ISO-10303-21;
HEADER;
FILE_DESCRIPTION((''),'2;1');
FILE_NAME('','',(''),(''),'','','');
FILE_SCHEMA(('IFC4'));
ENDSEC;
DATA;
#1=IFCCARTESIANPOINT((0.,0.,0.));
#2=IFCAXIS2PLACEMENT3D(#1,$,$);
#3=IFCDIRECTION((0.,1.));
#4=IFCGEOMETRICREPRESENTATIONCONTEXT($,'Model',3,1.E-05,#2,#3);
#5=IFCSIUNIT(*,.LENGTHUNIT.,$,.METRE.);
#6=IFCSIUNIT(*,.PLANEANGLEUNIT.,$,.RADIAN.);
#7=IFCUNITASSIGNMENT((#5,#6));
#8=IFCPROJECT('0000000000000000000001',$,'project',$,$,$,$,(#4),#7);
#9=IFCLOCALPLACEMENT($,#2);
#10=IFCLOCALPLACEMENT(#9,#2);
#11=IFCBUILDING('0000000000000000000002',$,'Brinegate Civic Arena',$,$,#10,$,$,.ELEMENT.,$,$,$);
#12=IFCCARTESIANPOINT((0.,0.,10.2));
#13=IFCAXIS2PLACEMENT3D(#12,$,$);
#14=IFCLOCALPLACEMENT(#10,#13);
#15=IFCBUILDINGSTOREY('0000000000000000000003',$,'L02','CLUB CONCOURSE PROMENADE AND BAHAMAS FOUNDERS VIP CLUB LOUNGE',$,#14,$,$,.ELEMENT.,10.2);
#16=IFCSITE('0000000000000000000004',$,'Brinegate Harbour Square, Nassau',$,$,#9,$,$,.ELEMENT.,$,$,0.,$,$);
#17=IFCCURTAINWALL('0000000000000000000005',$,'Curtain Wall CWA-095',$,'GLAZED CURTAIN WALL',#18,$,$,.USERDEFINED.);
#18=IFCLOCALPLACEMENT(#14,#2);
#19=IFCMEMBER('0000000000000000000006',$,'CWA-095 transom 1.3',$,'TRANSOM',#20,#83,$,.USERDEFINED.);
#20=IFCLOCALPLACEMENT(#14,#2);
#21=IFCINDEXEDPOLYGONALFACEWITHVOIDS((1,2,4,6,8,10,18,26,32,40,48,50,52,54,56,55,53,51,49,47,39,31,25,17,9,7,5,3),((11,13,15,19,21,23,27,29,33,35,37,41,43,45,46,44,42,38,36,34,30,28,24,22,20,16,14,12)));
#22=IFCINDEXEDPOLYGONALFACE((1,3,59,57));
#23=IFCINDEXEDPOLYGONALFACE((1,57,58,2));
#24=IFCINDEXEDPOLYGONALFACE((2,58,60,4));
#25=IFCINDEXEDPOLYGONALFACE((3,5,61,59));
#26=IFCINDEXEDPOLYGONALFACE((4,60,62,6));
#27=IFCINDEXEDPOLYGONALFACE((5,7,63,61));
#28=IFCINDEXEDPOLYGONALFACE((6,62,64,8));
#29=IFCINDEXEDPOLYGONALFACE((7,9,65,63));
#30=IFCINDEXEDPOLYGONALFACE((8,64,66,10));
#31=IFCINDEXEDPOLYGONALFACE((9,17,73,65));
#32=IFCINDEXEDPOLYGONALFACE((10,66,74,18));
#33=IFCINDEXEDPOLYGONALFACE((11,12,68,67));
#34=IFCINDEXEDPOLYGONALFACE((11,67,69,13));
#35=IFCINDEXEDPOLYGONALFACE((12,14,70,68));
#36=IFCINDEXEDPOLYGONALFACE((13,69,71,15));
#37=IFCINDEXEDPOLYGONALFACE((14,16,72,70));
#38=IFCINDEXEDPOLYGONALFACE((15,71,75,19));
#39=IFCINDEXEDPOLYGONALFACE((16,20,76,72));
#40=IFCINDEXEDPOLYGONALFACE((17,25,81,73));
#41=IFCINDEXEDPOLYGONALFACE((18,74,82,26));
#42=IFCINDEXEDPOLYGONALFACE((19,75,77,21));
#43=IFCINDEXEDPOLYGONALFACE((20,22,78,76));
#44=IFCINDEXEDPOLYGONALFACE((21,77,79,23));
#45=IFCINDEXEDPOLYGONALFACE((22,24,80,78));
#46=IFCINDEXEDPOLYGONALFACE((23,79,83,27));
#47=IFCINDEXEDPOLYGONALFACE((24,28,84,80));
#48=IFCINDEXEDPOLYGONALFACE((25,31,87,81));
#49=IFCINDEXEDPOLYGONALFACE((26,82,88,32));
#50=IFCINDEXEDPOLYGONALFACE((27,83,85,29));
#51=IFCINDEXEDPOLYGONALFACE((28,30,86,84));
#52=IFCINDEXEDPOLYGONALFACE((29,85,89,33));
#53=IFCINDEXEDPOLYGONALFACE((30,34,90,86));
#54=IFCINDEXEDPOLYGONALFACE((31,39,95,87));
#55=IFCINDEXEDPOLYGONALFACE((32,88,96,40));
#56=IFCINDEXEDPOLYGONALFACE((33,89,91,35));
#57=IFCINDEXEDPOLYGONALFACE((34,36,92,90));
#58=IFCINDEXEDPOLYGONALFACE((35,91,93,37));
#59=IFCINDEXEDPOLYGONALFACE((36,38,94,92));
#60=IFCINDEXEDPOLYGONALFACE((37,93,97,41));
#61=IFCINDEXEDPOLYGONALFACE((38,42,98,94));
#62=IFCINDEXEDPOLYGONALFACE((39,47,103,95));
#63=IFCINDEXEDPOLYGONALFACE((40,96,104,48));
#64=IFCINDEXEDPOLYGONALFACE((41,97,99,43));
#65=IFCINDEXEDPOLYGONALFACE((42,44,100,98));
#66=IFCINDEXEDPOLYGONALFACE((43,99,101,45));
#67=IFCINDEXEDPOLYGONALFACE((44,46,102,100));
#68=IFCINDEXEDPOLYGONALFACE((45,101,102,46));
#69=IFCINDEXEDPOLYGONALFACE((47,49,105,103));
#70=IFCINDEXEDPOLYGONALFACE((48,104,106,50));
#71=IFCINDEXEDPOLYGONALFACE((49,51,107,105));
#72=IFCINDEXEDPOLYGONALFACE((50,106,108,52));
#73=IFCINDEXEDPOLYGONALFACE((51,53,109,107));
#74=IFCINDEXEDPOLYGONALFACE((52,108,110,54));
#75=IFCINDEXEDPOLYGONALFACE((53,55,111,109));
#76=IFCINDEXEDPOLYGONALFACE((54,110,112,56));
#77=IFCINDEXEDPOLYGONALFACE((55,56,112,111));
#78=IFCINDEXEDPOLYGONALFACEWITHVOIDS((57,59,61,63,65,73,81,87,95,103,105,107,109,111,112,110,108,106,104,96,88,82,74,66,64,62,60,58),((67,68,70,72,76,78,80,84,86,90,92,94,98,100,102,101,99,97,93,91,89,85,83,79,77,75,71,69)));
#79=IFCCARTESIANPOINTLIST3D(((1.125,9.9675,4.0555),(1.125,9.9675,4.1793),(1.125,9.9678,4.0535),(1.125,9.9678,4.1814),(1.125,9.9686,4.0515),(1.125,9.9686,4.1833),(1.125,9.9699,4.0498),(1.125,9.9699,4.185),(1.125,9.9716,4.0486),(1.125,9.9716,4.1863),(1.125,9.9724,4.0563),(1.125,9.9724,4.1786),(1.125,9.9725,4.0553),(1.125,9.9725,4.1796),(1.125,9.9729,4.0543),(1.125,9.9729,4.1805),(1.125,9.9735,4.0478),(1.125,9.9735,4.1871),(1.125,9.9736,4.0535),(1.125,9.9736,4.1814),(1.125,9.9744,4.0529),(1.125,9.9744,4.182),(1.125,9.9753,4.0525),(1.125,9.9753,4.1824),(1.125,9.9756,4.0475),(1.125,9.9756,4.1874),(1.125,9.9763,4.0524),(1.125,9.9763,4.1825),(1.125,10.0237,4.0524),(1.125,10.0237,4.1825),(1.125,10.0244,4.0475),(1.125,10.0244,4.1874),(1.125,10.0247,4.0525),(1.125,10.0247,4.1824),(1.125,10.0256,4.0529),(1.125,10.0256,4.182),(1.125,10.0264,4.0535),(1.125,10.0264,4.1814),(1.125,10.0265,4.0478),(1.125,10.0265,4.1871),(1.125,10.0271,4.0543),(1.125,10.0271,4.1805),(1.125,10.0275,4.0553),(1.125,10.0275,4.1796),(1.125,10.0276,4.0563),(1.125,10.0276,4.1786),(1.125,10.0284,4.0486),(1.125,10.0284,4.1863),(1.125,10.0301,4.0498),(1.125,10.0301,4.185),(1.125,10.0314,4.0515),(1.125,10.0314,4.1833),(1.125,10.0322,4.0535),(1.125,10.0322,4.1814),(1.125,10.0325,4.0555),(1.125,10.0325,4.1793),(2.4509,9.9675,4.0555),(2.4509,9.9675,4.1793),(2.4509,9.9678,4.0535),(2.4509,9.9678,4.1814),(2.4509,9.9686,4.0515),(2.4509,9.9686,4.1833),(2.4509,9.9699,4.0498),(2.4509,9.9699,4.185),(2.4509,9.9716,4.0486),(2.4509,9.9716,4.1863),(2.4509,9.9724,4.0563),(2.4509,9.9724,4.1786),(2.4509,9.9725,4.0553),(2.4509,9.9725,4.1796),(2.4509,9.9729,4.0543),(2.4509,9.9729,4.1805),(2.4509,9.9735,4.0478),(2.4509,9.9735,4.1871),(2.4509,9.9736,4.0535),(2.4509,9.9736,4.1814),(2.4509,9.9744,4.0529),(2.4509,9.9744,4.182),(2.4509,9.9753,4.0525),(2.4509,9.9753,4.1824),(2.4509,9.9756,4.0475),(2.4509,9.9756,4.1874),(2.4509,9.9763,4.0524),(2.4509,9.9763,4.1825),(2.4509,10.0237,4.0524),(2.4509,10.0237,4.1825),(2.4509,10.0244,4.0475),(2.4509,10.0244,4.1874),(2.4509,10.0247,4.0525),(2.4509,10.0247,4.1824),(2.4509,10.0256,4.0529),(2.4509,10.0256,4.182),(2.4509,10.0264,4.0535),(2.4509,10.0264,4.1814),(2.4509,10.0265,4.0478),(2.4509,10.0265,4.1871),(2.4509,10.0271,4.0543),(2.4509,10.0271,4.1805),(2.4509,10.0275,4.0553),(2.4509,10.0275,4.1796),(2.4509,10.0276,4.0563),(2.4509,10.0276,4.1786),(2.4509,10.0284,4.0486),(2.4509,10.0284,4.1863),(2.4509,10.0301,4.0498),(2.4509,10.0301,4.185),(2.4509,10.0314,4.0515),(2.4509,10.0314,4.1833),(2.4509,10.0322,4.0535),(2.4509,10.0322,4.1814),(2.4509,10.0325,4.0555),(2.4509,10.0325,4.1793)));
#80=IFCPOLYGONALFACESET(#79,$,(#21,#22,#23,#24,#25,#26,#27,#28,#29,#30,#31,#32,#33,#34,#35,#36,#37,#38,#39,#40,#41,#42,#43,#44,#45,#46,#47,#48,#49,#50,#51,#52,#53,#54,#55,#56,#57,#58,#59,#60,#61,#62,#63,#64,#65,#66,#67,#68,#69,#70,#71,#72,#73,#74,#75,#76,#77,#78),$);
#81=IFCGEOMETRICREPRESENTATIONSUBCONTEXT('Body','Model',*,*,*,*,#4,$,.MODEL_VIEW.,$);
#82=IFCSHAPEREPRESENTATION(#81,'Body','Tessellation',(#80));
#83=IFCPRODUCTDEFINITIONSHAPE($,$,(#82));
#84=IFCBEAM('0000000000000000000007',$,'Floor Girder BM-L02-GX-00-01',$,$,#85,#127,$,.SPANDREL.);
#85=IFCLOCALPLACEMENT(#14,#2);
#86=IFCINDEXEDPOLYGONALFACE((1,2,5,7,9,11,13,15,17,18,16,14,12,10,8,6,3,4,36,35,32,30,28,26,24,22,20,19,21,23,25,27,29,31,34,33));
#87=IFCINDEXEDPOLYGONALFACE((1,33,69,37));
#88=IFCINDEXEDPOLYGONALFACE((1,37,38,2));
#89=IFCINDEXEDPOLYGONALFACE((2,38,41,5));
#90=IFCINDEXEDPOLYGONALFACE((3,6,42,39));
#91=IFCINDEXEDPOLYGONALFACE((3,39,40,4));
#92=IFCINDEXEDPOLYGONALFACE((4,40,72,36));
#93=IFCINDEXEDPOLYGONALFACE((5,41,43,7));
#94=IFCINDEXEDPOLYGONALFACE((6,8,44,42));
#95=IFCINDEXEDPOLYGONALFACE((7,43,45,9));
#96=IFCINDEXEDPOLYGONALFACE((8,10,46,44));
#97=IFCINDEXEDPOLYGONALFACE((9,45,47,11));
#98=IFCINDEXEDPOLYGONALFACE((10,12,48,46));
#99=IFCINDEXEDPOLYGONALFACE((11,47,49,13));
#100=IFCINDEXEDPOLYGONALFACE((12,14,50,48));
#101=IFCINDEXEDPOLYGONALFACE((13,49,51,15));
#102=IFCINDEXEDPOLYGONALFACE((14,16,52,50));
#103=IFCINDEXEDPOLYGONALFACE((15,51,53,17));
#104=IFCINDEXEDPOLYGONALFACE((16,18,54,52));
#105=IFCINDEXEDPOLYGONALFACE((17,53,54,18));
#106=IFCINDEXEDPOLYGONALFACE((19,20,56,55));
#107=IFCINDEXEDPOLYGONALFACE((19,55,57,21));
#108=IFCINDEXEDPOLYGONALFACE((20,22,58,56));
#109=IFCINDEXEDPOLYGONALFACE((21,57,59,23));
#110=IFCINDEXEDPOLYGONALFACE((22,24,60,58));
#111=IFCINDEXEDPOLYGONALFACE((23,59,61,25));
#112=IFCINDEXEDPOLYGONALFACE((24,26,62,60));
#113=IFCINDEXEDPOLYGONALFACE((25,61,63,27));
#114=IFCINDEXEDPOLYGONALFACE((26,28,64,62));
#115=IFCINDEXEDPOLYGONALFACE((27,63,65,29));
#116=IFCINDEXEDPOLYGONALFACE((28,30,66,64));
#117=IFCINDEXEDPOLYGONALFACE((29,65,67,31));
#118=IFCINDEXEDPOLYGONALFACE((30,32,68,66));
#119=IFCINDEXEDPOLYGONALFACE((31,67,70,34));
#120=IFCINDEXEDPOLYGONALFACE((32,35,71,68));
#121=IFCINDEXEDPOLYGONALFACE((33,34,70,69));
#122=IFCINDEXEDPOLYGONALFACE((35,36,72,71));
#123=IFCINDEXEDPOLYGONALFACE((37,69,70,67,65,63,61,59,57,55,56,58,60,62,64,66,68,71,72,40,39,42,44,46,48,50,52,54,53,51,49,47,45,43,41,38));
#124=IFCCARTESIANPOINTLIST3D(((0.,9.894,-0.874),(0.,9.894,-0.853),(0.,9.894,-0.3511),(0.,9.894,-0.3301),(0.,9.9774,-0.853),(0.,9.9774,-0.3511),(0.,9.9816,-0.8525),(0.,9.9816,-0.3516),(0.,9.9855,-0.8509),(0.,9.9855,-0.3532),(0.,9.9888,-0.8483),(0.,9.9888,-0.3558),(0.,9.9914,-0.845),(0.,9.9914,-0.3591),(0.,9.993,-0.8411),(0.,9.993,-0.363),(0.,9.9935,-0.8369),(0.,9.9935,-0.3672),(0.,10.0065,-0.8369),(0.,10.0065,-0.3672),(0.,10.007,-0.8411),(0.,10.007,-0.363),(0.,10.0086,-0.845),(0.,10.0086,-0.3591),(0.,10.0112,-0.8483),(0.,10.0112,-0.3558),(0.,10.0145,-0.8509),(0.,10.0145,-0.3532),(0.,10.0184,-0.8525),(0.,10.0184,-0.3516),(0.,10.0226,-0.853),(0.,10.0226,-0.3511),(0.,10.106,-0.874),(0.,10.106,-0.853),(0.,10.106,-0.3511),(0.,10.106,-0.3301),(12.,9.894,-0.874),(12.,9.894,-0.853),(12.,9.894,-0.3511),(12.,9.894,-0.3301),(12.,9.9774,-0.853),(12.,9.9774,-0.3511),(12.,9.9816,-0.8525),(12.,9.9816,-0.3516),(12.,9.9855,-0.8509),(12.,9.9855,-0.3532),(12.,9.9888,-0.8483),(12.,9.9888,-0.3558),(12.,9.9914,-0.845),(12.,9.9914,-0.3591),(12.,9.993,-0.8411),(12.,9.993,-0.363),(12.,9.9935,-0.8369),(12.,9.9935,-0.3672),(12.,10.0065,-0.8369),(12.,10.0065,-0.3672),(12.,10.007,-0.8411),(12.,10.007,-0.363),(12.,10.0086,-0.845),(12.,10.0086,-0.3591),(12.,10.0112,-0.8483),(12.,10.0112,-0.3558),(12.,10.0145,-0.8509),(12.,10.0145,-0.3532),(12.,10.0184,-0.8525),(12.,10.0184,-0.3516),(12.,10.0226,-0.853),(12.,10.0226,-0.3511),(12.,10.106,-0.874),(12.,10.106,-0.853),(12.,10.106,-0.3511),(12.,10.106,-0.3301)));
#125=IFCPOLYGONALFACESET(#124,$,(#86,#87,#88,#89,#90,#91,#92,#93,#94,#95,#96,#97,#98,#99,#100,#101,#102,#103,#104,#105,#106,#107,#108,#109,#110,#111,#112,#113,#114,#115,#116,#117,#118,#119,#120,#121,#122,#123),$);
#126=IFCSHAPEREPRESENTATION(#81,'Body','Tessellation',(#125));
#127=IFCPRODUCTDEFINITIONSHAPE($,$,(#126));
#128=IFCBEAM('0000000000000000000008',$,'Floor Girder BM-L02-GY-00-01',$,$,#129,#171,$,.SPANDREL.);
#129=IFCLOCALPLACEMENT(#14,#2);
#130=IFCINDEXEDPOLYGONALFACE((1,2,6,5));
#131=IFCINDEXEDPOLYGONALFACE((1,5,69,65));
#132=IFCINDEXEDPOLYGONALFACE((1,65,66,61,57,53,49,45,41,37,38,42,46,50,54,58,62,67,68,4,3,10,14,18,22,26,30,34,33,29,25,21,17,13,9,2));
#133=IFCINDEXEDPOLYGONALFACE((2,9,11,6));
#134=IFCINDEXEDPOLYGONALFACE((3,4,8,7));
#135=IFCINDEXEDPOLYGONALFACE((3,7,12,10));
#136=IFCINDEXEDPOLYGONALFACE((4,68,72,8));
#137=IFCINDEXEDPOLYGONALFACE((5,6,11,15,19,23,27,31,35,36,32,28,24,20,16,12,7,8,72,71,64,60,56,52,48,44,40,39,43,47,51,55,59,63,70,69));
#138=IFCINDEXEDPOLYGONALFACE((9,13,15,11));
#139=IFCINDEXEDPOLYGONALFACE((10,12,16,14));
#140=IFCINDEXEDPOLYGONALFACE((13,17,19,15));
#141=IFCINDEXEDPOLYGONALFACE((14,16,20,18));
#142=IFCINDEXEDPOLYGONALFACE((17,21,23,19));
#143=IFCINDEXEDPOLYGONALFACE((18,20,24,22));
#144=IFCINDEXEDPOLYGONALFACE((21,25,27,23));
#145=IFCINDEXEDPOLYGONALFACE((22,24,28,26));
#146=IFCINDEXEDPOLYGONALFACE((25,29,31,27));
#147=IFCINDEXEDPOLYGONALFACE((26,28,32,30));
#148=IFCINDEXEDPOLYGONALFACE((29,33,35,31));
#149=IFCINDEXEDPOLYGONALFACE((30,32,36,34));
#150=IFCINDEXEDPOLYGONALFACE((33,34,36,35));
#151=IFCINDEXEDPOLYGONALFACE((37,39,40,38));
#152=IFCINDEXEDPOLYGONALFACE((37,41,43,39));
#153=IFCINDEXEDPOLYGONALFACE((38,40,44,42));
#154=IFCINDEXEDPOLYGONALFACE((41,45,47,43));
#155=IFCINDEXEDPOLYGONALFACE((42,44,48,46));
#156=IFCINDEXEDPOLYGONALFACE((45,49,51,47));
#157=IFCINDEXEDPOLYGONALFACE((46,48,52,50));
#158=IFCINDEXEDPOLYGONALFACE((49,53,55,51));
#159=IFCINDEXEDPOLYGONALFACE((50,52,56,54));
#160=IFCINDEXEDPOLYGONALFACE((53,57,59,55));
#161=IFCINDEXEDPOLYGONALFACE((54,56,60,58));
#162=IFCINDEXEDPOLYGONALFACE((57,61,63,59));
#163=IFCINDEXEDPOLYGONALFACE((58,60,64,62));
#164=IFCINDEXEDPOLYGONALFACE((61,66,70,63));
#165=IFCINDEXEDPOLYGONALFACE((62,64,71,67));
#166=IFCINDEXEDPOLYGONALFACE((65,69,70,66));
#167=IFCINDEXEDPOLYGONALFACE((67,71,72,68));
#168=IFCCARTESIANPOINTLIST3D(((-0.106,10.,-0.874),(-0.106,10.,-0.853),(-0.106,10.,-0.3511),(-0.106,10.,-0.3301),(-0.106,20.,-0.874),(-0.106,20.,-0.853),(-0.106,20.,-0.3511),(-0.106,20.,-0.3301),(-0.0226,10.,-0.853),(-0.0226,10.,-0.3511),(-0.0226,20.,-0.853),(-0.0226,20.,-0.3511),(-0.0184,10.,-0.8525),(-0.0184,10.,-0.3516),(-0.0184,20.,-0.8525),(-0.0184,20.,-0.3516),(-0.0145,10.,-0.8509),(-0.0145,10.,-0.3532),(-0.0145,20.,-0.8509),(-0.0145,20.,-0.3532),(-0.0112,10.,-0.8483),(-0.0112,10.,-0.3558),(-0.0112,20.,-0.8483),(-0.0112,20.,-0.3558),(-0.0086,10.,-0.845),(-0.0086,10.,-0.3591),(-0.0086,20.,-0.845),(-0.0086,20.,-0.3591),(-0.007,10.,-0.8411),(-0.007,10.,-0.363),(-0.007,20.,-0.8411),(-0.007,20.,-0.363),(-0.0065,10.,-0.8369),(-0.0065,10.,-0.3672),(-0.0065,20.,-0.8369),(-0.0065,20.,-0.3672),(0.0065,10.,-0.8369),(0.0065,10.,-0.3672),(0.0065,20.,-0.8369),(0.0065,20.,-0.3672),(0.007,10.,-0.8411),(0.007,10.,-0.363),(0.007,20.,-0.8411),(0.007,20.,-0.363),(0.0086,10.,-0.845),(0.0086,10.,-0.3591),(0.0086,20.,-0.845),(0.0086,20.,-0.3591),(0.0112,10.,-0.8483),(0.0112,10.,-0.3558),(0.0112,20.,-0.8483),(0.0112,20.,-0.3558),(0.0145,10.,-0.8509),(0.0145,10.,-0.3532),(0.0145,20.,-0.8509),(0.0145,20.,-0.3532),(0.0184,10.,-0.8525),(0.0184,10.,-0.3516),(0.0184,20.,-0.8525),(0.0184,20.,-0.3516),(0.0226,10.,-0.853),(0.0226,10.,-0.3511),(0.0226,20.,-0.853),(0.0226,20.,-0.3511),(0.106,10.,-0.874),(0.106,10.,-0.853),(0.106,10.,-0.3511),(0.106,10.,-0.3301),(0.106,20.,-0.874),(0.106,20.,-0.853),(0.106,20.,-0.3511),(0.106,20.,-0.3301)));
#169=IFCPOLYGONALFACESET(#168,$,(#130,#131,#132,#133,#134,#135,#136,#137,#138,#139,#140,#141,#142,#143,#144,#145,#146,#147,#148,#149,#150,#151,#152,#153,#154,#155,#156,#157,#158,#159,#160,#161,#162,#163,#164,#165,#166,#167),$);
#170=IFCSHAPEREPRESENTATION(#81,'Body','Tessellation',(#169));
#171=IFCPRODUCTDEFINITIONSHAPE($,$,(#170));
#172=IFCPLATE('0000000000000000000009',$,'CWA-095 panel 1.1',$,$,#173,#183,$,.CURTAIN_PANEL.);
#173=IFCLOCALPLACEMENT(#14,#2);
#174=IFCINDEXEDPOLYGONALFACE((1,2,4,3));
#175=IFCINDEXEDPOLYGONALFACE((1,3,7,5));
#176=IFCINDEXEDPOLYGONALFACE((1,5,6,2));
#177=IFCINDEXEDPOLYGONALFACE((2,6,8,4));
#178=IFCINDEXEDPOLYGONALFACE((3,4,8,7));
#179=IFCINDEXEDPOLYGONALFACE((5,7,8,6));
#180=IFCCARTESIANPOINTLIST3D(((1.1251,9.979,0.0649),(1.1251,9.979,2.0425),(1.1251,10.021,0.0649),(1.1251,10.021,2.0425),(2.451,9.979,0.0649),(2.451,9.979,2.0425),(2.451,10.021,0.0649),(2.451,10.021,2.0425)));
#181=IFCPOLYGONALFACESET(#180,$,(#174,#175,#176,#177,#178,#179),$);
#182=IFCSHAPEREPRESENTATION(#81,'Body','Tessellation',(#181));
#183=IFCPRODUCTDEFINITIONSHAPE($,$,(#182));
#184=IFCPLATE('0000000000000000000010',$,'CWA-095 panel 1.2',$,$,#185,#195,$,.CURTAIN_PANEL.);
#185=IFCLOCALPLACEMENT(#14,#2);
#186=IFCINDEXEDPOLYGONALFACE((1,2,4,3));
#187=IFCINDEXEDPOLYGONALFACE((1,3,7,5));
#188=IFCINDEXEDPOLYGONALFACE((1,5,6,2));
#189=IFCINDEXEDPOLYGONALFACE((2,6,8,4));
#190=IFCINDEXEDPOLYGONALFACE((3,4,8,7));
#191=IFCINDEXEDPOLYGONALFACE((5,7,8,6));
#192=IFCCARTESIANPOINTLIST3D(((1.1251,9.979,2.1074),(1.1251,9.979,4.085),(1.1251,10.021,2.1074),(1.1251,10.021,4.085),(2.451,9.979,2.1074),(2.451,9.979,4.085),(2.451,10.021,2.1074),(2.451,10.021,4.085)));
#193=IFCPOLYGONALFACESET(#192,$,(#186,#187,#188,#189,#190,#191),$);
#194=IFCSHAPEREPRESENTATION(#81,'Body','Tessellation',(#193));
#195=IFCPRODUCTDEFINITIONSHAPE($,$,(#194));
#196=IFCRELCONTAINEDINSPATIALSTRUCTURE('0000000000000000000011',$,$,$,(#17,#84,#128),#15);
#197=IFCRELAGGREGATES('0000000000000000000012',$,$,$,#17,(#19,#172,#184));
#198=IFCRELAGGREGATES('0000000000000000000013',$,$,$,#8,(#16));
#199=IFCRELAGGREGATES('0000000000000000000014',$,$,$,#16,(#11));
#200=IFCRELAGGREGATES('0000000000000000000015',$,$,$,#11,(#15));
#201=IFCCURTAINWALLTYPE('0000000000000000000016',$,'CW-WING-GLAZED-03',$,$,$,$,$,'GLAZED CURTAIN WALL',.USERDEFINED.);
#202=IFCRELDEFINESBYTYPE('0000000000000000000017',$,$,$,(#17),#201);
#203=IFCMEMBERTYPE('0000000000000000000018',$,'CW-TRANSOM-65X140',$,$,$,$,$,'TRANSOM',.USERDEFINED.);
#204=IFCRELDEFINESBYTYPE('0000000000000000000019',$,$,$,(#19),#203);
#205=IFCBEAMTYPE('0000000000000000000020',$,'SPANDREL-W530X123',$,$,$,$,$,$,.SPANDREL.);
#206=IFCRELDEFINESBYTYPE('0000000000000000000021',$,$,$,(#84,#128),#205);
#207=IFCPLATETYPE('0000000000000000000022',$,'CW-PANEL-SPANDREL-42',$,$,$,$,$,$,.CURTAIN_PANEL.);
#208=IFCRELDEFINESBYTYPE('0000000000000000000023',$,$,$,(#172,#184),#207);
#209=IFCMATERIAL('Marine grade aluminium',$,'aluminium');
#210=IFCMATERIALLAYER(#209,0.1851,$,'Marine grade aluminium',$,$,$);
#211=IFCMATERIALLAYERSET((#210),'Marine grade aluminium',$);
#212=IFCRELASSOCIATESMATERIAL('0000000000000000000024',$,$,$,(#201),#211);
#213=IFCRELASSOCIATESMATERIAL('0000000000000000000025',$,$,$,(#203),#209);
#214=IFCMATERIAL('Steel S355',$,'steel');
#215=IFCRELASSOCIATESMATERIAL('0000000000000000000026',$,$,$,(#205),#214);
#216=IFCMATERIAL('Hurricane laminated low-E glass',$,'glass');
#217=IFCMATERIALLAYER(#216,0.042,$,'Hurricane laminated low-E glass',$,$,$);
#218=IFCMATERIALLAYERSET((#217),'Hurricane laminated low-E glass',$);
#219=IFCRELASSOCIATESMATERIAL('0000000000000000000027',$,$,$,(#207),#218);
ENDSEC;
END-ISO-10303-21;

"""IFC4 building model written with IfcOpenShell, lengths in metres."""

from ifc_helpers import new_model, si_unit, direction, frame, origin, origin_2d, place, context, subcontext, project, spatial, rectangle, hollow_rectangle, i_section, extrude, material, layer, layer_set, material_profile, profile_set, type_object, element, aggregate, save


model = new_model("IFC4")

# Units and contexts
model_context = context("Model", 3, precision=1e-05, world=origin(), true_north=direction((0.0, 1.0)))
body_context = subcontext(model_context, "Body", "Model", "MODEL_VIEW")
ifc_project = project(units=[si_unit("LENGTHUNIT", "METRE"), si_unit("PLANEANGLEUNIT", "RADIAN")], contexts=[model_context])

# Site, building, storey
site_placement = place(None, origin())
site = spatial("IfcSite", under=ifc_project, at=site_placement, Name="Brinegate Harbour Square, Nassau", CompositionType="ELEMENT", RefElevation=0.0)
building_placement = place(site_placement, origin())
building = spatial("IfcBuilding", under=site, at=building_placement, Name="Brinegate Civic Arena", CompositionType="ELEMENT")
storey_placement = place(building_placement, frame((0.0, 0.0, 10.2)))
storey = spatial("IfcBuildingStorey", under=building, at=storey_placement, Name="L02", Description="CLUB CONCOURSE PROMENADE AND BAHAMAS FOUNDERS VIP CLUB LOUNGE", CompositionType="ELEMENT", Elevation=10.2)

# Curtain wall, member
ifc_material_1 = material(Name="Marine grade aluminium", Category="aluminium")
ifc_layer_1 = layer(ifc_material_1, 0.1851, Name="Marine grade aluminium")
ifc_layer_set_1 = layer_set([ifc_layer_1], Name="Marine grade aluminium")
curtain_wall_type = type_object("IfcCurtainWallType", Name="CW-WING-GLAZED-03", ElementType="GLAZED CURTAIN WALL", PredefinedType="USERDEFINED", material=ifc_layer_set_1)
curtain_wall_placement = place(storey_placement, origin())
curtain_wall = element("IfcCurtainWall", 1, at=curtain_wall_placement, inside=storey, type_object=curtain_wall_type, Name="Curtain Wall CWA-095", ObjectType="GLAZED CURTAIN WALL", PredefinedType="USERDEFINED")
ifc_material_profile_1 = material_profile(ifc_material_1, hollow_rectangle(XDim=0.0649, YDim=0.1399, WallThickness=0.0049, InnerFilletRadius=0.0039, OuterFilletRadius=0.0081, at=origin_2d()), Name="TRN65X140")
ifc_profile_set_1 = profile_set([ifc_material_profile_1], Name="Marine grade aluminium")
member_type_1 = type_object("IfcMemberType", Name="CW-TRANSOM-65X140", ElementType="TRANSOM", PredefinedType="USERDEFINED", material=ifc_profile_set_1)
member_1_placement = place(storey_placement, frame((1.125, 10.0, 4.1174), z_axis=(1.0, 0.0, 0.0), x_axis=(0.0, 1.0, 0.0)))
member_1 = element("IfcMember", 2, at=member_1_placement, type_object=member_type_1, Name="CWA-095 transom 1.3", ObjectType="TRANSOM", PredefinedType="USERDEFINED", context=body_context, shape_type="SweptSolid", body=[
    extrude(hollow_rectangle(XDim=0.0649, YDim=0.1399, WallThickness=0.0049, InnerFilletRadius=0.0039, OuterFilletRadius=0.0081, at=origin_2d()), origin(), (0.0, 0.0, 1.0), 1.3259),
])

# Beams
ifc_material_2 = material(Name="Steel S355", Category="steel")
ifc_material_profile_2 = material_profile(ifc_material_2, i_section(OverallWidth=0.2119, OverallDepth=0.5439, WebThickness=0.0129, FlangeThickness=0.021, FilletRadius=0.0161, at=origin_2d()), Name="W530X123")
ifc_profile_set_2 = profile_set([ifc_material_profile_2], Name="Steel S355")
beam_type = type_object("IfcBeamType", Name="SPANDREL-W530X123", PredefinedType="SPANDREL", material=ifc_profile_set_2)
beam_1_placement = place(storey_placement, frame((0.0, 10.0, -0.6021), z_axis=(1.0, 0.0, 0.0), x_axis=(0.0, 1.0, 0.0)))
element("IfcBeam", 3, at=beam_1_placement, inside=storey, type_object=beam_type, Name="Floor Girder BM-L02-GX-00-01", PredefinedType="SPANDREL", context=body_context, shape_type="SweptSolid", body=[
    extrude(i_section(OverallWidth=0.2119, OverallDepth=0.5439, WebThickness=0.0129, FlangeThickness=0.021, FilletRadius=0.0161, at=origin_2d()), origin(), (0.0, 0.0, 1.0), 12.0),
])
beam_2_placement = place(storey_placement, frame((0.0, 10.0, -0.6021), z_axis=(0.0, 1.0, 0.0), x_axis=(-1.0, 0.0, 0.0)))
element("IfcBeam", 4, at=beam_2_placement, inside=storey, type_object=beam_type, Name="Floor Girder BM-L02-GY-00-01", PredefinedType="SPANDREL", context=body_context, shape_type="SweptSolid", body=[
    extrude(i_section(OverallWidth=0.2119, OverallDepth=0.5439, WebThickness=0.0129, FlangeThickness=0.021, FilletRadius=0.0161, at=origin_2d()), origin(), (0.0, 0.0, 1.0), 10.0),
])

# Plates
ifc_material_3 = material(Name="Hurricane laminated low-E glass", Category="glass")
ifc_layer_2 = layer(ifc_material_3, 0.042, Name="Hurricane laminated low-E glass")
ifc_layer_set_2 = layer_set([ifc_layer_2], Name="Hurricane laminated low-E glass")
plate_type_1 = type_object("IfcPlateType", Name="CW-PANEL-SPANDREL-42", PredefinedType="CURTAIN_PANEL", material=ifc_layer_set_2)
plate_1_placement = place(storey_placement, frame((1.7881, 10.0, 0.0649), z_axis=(0.0, 0.0, 1.0), x_axis=(1.0, 0.0, 0.0)))
plate_1 = element("IfcPlate", 5, at=plate_1_placement, type_object=plate_type_1, Name="CWA-095 panel 1.1", PredefinedType="CURTAIN_PANEL", context=body_context, shape_type="SweptSolid", body=[
    extrude(rectangle(XDim=1.3259, YDim=0.042, at=origin_2d()), origin(), (0.0, 0.0, 1.0), 1.9775),
])
plate_2_placement = place(storey_placement, frame((1.7881, 10.0, 2.1074), z_axis=(0.0, 0.0, 1.0), x_axis=(1.0, 0.0, 0.0)))
plate_2 = element("IfcPlate", 6, at=plate_2_placement, type_object=plate_type_1, Name="CWA-095 panel 1.2", PredefinedType="CURTAIN_PANEL", context=body_context, shape_type="SweptSolid", body=[
    extrude(rectangle(XDim=1.3259, YDim=0.042, at=origin_2d()), origin(), (0.0, 0.0, 1.0), 1.9775),
])
aggregate(curtain_wall, [member_1, plate_1, plate_2])

save(model, "model.ifc")
